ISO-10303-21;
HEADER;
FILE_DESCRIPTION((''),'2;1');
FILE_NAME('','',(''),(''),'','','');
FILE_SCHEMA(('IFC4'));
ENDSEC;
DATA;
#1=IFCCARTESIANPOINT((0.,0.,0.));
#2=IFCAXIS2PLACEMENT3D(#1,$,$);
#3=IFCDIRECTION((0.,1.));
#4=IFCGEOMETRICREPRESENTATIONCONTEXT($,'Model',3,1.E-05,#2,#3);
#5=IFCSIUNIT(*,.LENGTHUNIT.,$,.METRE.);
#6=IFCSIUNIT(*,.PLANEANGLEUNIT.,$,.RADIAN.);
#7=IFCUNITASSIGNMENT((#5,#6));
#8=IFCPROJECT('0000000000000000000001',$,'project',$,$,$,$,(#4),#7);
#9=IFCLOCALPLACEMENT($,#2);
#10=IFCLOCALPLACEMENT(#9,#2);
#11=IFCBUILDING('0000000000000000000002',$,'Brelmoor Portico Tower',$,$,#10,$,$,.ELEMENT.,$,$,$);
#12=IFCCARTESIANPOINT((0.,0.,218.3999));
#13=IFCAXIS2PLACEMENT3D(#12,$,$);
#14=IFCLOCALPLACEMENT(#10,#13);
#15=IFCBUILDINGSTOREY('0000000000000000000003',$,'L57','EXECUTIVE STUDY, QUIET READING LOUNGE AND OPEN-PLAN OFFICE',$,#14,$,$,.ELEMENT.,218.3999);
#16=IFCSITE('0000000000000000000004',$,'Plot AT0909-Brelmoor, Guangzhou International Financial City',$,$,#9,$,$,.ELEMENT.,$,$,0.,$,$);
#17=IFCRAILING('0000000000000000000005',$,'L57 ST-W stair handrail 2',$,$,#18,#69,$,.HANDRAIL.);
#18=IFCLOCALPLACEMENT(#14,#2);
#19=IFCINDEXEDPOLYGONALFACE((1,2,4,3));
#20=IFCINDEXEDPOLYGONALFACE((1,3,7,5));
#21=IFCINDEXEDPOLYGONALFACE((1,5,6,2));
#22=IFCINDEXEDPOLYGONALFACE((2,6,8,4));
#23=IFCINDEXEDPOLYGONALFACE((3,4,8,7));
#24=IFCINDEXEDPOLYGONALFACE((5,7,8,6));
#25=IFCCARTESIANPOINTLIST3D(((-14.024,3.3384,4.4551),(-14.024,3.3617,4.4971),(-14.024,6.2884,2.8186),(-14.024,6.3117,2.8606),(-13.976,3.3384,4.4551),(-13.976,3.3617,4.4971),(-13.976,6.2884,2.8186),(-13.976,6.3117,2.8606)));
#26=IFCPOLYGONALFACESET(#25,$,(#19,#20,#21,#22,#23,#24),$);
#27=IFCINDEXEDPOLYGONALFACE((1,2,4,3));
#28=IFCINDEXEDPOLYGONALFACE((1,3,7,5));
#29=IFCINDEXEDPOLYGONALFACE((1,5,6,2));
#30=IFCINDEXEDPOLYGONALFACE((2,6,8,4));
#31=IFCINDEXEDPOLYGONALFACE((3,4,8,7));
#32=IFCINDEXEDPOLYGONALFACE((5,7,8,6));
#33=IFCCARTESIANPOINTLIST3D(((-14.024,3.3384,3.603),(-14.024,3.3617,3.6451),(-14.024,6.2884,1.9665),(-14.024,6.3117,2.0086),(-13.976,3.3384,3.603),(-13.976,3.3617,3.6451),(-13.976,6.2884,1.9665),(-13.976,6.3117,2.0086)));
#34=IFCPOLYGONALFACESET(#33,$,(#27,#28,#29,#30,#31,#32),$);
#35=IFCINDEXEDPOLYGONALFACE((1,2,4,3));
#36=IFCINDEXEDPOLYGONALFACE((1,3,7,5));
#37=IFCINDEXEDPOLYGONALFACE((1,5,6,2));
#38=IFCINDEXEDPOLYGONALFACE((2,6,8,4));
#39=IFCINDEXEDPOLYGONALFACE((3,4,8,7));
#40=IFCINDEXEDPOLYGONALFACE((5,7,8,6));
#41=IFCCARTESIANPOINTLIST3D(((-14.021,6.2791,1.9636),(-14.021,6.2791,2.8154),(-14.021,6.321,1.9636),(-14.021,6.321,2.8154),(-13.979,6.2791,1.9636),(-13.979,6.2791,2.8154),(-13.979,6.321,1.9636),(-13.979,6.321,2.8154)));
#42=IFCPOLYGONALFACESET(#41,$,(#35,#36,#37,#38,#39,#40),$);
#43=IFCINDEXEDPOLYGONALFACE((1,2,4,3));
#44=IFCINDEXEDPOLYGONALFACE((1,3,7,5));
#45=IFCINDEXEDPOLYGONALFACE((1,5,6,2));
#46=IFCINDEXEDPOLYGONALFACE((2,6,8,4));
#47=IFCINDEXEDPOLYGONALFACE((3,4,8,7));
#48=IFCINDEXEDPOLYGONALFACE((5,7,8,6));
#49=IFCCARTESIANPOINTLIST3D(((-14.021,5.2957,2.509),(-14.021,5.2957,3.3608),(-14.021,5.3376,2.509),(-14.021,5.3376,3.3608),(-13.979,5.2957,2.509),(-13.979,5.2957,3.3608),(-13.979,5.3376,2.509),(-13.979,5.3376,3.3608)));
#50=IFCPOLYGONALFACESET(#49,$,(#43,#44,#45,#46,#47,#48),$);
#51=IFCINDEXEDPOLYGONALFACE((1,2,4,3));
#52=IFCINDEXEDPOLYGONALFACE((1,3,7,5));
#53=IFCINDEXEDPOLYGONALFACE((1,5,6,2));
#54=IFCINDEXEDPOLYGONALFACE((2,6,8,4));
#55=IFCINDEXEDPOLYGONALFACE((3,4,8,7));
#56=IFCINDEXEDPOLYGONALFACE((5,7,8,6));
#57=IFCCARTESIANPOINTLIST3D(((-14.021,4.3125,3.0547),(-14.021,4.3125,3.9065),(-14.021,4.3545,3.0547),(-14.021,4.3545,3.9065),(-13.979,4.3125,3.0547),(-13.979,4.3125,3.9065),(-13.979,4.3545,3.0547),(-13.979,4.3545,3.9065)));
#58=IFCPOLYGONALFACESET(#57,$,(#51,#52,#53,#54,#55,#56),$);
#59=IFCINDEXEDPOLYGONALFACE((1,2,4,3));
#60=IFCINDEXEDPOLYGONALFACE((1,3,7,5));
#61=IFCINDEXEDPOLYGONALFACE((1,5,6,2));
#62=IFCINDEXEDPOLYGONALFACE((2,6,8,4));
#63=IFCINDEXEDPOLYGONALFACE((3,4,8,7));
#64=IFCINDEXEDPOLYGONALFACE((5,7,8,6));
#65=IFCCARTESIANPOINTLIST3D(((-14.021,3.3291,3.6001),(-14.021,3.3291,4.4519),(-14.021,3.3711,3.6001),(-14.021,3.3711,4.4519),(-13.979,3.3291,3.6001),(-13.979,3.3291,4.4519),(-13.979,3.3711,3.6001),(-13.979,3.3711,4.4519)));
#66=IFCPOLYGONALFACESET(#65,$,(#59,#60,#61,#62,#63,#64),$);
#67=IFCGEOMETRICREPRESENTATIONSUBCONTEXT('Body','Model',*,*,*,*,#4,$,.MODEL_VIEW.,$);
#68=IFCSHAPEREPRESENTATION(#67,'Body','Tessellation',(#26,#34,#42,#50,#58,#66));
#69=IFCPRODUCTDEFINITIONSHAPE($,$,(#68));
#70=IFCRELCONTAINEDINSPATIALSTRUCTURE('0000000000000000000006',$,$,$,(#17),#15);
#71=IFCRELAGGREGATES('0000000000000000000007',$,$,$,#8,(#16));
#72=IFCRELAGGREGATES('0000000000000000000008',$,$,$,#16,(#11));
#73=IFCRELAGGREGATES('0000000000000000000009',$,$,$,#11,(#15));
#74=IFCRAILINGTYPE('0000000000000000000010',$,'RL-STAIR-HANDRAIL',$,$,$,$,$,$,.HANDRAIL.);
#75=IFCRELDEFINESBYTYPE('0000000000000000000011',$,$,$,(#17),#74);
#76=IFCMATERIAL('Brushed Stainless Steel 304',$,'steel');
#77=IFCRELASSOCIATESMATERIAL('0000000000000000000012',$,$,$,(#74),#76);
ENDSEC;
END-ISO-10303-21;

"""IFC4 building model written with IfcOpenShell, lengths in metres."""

from ifc_helpers import new_model, si_unit, direction, frame, origin, origin_2d, place, context, subcontext, project, spatial, rectangle, extrude, material, type_object, element, save


model = new_model("IFC4")

# Units and contexts
model_context = context("Model", 3, precision=1e-05, world=origin(), true_north=direction((0.0, 1.0)))
body_context = subcontext(model_context, "Body", "Model", "MODEL_VIEW")
ifc_project = project(units=[si_unit("LENGTHUNIT", "METRE"), si_unit("PLANEANGLEUNIT", "RADIAN")], contexts=[model_context])

# Site, building, storey
site_placement = place(None, origin())
site = spatial("IfcSite", under=ifc_project, at=site_placement, Name="Plot AT0909-Brelmoor, Guangzhou International Financial City", CompositionType="ELEMENT", RefElevation=0.0)
building_placement = place(site_placement, origin())
building = spatial("IfcBuilding", under=site, at=building_placement, Name="Brelmoor Portico Tower", CompositionType="ELEMENT")
storey_placement = place(building_placement, frame((0.0, 0.0, 218.3999)))
storey = spatial("IfcBuildingStorey", under=building, at=storey_placement, Name="L57", Description="EXECUTIVE STUDY, QUIET READING LOUNGE AND OPEN-PLAN OFFICE", CompositionType="ELEMENT", Elevation=218.3999)

# Railing
ifc_material_1 = material(Name="Brushed Stainless Steel 304", Category="steel")
railing_type = type_object("IfcRailingType", Name="RL-STAIR-HANDRAIL", PredefinedType="HANDRAIL", material=ifc_material_1)
railing_placement = place(storey_placement, frame((-14.0, 6.3, 1.9636)))
element("IfcRailing", 1, at=railing_placement, inside=storey, type_object=railing_type, Name="L57 ST-W stair handrail 2", PredefinedType="HANDRAIL", context=body_context, shape_type="SweptSolid", body=[
    extrude(rectangle(XDim=0.0481, YDim=0.0481, at=origin_2d()), frame((0.0, 0.0, 0.876), z_axis=(0.0, -0.874458, 0.485102), x_axis=(1.0, 0.0, 0.0)), (0.0, 0.0, 1.0), 3.3735),
    extrude(rectangle(XDim=0.0481, YDim=0.0481, at=origin_2d()), frame((0.0, 0.0, 0.0239), z_axis=(0.0, -0.874458, 0.485102), x_axis=(1.0, 0.0, 0.0)), (0.0, 0.0, 1.0), 3.3735),
    extrude(rectangle(XDim=0.042, YDim=0.042, at=origin_2d()), origin(), (0.0, 0.0, 1.0), 0.8518),
    extrude(rectangle(XDim=0.042, YDim=0.042, at=origin_2d()), frame((0.0, -0.9834, 0.5454)), (0.0, 0.0, 1.0), 0.8518),
    extrude(rectangle(XDim=0.042, YDim=0.042, at=origin_2d()), frame((0.0, -1.9666, 1.0911)), (0.0, 0.0, 1.0), 0.8518),
    extrude(rectangle(XDim=0.042, YDim=0.042, at=origin_2d()), frame((0.0, -2.95, 1.6365)), (0.0, 0.0, 1.0), 0.8518),
])

save(model, "model.ifc")
